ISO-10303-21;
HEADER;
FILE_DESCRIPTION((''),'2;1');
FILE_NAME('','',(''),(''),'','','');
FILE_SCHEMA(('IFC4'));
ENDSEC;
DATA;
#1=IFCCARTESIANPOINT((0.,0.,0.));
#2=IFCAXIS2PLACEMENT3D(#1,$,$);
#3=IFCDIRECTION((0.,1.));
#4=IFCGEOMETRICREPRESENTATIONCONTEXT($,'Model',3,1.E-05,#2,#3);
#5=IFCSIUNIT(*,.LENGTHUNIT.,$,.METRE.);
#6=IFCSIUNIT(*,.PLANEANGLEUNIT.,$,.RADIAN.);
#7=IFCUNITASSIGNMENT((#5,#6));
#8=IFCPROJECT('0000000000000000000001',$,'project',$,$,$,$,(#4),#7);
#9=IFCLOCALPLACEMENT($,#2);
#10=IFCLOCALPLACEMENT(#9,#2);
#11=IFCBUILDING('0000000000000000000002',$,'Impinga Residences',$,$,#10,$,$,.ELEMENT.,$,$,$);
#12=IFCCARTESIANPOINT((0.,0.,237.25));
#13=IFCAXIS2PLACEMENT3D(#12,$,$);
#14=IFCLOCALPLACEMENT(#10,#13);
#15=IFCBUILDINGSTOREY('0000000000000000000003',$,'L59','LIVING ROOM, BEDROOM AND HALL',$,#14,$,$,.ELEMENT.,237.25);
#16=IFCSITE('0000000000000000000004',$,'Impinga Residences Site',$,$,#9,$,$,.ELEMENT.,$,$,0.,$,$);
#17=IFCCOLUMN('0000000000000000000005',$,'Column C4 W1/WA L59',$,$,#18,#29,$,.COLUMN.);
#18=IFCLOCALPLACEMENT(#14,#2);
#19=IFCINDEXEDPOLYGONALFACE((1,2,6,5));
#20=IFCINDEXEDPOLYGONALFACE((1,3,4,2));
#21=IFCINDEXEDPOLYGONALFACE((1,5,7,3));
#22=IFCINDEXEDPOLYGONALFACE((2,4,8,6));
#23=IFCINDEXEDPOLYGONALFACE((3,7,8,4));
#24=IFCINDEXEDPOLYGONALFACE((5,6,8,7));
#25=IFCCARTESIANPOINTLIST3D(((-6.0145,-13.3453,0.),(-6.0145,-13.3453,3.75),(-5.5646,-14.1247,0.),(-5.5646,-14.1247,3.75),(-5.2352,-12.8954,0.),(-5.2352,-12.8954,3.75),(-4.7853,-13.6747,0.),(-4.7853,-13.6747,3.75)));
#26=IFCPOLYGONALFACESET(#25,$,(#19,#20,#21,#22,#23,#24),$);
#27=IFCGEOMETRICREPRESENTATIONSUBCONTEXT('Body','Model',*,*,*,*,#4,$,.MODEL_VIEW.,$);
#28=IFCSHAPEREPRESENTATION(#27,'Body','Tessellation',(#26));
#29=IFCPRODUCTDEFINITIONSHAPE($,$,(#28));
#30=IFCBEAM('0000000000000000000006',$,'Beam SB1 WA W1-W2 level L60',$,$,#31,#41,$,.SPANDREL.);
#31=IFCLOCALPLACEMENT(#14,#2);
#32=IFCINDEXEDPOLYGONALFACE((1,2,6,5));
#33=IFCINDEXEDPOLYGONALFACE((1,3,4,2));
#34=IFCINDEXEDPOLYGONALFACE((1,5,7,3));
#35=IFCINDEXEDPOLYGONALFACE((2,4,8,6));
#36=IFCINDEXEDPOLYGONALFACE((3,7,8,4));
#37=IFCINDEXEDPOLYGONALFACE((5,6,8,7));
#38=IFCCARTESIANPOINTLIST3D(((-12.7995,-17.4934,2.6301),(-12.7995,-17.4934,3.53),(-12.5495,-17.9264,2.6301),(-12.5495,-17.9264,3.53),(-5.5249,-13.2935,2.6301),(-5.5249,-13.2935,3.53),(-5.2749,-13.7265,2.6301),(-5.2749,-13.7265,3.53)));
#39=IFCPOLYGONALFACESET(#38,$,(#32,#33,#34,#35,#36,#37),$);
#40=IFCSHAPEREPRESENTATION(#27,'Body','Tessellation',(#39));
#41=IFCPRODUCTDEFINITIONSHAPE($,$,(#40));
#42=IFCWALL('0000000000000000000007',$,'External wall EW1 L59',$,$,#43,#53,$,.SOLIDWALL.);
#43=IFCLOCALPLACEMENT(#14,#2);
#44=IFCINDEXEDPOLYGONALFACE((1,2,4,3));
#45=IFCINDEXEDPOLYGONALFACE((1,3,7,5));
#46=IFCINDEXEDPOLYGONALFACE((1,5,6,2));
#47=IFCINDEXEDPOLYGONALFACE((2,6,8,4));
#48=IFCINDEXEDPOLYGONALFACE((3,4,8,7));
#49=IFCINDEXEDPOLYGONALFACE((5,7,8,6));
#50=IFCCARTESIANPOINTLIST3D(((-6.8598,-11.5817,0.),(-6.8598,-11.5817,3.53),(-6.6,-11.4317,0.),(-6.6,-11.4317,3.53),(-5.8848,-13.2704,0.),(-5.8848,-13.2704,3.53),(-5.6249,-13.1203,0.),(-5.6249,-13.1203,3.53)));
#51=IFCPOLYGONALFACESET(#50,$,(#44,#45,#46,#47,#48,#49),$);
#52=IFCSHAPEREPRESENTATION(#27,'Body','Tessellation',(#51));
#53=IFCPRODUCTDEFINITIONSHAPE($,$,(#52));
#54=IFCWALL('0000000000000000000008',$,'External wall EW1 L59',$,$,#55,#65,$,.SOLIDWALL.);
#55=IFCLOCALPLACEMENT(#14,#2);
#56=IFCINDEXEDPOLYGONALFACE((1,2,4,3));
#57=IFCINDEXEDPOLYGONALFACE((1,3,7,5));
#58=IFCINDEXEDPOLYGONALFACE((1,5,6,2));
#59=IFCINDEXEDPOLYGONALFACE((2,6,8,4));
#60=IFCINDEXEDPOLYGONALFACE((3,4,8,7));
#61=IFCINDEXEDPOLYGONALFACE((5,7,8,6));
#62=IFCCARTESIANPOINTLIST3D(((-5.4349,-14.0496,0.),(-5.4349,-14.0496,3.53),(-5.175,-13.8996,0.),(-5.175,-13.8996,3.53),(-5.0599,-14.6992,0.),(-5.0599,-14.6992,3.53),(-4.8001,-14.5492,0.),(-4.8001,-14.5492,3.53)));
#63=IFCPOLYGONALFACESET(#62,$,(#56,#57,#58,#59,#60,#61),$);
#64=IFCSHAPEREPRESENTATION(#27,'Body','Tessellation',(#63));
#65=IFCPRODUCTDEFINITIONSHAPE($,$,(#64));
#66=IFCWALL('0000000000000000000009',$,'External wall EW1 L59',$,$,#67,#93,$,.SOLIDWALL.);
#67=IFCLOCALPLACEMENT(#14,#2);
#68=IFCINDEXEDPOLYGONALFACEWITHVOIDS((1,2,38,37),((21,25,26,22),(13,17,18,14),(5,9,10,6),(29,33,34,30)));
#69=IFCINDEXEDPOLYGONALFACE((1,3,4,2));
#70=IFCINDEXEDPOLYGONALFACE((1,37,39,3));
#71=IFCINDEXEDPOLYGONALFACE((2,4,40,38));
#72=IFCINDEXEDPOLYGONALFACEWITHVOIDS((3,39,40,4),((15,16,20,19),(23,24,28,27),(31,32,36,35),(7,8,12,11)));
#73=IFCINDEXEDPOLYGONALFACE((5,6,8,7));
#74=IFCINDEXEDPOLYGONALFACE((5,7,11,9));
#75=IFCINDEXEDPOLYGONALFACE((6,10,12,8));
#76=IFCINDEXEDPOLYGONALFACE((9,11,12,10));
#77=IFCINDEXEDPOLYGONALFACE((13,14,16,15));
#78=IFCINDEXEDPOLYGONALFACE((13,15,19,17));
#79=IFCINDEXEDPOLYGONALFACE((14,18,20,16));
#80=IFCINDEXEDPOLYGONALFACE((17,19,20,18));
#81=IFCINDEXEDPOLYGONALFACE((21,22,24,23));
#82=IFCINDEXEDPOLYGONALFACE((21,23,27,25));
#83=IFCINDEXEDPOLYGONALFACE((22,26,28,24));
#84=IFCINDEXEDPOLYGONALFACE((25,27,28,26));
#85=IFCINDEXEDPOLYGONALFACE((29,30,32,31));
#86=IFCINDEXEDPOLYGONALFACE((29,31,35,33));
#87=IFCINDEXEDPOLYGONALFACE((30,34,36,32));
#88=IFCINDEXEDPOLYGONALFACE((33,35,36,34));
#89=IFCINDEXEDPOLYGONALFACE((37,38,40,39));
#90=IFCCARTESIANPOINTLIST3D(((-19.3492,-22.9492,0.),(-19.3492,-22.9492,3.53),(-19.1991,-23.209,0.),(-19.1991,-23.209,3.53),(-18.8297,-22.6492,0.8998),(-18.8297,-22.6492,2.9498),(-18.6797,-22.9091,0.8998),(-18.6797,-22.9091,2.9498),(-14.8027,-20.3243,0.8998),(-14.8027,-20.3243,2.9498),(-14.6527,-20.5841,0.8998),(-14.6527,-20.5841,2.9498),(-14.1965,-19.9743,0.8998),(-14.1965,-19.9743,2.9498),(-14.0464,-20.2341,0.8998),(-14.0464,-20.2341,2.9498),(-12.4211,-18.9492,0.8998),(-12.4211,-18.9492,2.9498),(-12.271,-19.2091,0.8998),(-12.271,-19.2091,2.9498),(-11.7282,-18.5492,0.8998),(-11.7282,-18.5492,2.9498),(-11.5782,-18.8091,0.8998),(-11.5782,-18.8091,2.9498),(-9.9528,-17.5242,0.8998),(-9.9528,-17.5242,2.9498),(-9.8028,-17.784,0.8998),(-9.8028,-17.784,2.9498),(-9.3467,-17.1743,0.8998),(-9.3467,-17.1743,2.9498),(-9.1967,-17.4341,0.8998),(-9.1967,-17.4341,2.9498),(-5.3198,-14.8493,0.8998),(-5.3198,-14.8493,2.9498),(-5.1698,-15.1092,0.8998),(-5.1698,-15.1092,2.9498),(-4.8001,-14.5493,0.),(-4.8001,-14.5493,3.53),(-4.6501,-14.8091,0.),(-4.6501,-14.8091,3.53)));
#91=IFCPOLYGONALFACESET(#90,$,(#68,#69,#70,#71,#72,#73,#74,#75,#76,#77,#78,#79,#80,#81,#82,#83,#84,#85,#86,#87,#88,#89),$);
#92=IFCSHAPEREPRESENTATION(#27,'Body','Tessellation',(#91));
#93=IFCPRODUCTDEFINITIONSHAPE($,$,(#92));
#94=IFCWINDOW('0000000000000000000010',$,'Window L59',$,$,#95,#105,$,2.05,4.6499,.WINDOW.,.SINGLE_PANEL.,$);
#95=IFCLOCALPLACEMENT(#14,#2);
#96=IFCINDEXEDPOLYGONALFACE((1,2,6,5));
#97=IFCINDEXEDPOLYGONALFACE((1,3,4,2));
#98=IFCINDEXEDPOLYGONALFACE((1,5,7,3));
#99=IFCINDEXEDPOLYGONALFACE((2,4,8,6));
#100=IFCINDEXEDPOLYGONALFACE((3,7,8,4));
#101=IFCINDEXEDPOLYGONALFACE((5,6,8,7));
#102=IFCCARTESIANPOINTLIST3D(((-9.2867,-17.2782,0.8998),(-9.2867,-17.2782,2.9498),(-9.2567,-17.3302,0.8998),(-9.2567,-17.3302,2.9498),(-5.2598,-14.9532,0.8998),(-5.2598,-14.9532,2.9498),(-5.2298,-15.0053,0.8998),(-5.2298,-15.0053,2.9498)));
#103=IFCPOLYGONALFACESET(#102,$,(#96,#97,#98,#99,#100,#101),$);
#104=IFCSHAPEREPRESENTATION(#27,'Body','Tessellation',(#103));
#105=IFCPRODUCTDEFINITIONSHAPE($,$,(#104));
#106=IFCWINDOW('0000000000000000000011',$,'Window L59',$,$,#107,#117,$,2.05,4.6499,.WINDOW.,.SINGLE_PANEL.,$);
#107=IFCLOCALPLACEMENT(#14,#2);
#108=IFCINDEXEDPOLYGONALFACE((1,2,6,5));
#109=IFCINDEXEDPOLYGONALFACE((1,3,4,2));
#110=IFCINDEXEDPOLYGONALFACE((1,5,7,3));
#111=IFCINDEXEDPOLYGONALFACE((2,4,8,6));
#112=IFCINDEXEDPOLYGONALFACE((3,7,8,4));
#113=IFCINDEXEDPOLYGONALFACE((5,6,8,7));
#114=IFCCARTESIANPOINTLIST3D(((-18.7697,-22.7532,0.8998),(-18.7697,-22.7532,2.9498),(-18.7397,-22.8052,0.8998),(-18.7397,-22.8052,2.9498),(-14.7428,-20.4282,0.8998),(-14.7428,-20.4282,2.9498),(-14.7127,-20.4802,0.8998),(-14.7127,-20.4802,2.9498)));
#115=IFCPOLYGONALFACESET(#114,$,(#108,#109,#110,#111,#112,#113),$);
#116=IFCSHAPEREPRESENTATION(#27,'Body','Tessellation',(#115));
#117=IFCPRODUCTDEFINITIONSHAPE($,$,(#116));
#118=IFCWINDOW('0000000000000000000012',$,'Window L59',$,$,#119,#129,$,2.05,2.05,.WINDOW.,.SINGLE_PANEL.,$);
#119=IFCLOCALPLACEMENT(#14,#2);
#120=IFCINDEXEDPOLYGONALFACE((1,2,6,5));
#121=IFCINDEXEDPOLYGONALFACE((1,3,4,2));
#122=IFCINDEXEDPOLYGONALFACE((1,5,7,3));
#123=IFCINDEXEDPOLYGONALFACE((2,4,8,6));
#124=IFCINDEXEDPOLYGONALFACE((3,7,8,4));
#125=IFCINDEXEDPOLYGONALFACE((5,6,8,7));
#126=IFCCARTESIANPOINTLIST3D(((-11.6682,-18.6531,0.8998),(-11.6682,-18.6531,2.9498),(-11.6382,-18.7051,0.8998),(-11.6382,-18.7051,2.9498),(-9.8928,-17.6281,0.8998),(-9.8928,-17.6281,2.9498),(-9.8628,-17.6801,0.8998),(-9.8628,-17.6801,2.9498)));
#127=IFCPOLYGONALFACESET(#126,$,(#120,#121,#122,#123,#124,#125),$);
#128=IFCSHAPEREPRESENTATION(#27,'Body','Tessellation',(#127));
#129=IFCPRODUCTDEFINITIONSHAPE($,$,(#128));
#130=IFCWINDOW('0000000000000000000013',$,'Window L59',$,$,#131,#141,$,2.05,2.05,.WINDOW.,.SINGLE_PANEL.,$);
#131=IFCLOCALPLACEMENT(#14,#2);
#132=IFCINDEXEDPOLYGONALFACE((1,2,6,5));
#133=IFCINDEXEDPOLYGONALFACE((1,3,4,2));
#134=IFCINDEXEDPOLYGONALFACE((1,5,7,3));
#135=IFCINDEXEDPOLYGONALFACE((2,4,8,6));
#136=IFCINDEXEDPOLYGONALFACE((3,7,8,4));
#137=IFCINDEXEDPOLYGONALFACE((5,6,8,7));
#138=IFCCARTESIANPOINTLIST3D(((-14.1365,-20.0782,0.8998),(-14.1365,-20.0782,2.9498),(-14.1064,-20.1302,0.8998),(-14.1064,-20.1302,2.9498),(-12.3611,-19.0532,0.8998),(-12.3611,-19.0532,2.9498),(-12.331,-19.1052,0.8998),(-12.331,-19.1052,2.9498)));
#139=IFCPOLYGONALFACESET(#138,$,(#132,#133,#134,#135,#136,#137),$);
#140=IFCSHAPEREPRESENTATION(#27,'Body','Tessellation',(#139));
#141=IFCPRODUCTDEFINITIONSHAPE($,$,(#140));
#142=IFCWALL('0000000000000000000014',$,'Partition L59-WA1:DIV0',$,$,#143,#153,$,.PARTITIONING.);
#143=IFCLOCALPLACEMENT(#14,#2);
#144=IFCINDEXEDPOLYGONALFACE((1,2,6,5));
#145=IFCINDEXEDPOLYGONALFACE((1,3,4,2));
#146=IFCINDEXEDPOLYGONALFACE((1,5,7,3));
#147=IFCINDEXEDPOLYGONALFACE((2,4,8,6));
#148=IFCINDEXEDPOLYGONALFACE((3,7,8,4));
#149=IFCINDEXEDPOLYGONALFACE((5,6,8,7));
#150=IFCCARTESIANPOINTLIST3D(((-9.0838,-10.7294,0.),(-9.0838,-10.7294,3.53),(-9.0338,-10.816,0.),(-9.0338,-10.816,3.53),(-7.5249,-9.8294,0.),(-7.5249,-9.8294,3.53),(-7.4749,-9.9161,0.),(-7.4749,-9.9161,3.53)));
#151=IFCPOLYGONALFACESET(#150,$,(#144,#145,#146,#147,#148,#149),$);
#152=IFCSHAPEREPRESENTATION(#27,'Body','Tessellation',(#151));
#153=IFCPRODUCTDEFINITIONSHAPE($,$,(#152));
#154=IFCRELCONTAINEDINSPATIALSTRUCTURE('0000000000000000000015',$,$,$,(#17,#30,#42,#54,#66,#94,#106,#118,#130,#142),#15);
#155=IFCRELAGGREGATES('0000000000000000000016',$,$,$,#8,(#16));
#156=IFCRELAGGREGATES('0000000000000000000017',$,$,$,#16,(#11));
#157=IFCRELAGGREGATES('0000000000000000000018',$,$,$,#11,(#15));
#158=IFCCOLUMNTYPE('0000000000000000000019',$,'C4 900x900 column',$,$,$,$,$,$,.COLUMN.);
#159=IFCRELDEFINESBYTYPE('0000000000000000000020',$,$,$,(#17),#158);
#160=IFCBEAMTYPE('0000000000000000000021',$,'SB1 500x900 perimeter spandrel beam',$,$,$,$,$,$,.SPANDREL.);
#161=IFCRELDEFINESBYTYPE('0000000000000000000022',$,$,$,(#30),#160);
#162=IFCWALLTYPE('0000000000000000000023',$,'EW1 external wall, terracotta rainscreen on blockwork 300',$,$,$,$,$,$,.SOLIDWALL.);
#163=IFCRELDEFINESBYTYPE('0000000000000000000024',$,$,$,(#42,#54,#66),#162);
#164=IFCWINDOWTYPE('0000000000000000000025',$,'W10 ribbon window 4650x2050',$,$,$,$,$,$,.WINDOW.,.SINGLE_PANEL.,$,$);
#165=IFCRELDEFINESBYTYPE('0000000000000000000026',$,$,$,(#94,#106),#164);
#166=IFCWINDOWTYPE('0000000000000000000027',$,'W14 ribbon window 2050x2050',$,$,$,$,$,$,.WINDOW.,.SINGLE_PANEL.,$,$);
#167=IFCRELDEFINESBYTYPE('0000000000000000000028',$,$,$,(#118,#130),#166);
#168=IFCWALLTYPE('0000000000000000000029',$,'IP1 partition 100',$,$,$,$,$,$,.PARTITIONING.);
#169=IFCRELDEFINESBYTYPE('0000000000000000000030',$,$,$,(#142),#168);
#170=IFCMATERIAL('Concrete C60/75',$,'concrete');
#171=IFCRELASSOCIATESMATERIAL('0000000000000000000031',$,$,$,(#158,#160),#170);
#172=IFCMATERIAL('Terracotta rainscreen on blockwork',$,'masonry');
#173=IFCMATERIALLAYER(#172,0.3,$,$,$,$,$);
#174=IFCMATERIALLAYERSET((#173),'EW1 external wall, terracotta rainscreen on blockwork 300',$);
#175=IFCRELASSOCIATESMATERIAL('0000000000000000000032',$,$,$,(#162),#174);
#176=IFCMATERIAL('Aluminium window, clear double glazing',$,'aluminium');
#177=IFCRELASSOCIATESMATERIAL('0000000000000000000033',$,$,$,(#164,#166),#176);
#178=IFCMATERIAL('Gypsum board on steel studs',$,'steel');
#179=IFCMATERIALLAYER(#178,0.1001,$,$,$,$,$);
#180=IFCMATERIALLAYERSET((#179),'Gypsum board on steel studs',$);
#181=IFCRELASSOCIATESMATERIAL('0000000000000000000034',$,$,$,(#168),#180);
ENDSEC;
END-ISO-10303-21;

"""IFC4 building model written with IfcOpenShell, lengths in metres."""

from ifc_helpers import new_model, si_unit, direction, frame, frame_2d, origin, origin_2d, place, context, subcontext, project, spatial, rectangle, extrude, material, layer, layer_set, material_profile, profile_set, type_object, element, fill, save


model = new_model("IFC4")

# Units and contexts
model_context = context("Model", 3, precision=1e-05, world=origin(), true_north=direction((0.0, 1.0)))
body_context = subcontext(model_context, "Body", "Model", "MODEL_VIEW")
ifc_project = project(units=[si_unit("LENGTHUNIT", "METRE"), si_unit("PLANEANGLEUNIT", "RADIAN")], contexts=[model_context])

# Site, building, storey
site_placement = place(None, origin())
site = spatial("IfcSite", under=ifc_project, at=site_placement, Name="Impinga Residences Site", CompositionType="ELEMENT", RefElevation=0.0)
building_placement = place(site_placement, origin())
building = spatial("IfcBuilding", under=site, at=building_placement, Name="Impinga Residences", CompositionType="ELEMENT")
storey_placement = place(building_placement, frame((0.0, 0.0, 237.25)))
storey = spatial("IfcBuildingStorey", under=building, at=storey_placement, Name="L59", Description="LIVING ROOM, BEDROOM AND HALL", CompositionType="ELEMENT", Elevation=237.25)

# Column
ifc_material_1 = material(Name="Concrete C60/75", Category="concrete")
ifc_material_profile_1 = material_profile(ifc_material_1, rectangle(XDim=0.8999, YDim=0.8999, at=origin_2d()), Name="RC 900x900")
ifc_profile_set_1 = profile_set([ifc_material_profile_1], Name="Concrete C60/75")
column_type = type_object("IfcColumnType", Name="C4 900x900 column", PredefinedType="COLUMN", material=ifc_profile_set_1)
column_placement = place(storey_placement, frame((-5.3999, -13.51, 0.0), z_axis=(0.0, 0.0, 1.0), x_axis=(-0.5, 0.866025, 0.0)))
element("IfcColumn", 1, at=column_placement, inside=storey, type_object=column_type, Name="Column C4 W1/WA L59", PredefinedType="COLUMN", context=body_context, shape_type="SweptSolid", body=[
    extrude(rectangle(XDim=0.8999, YDim=0.8999, at=origin_2d()), origin(), (0.0, 0.0, 1.0), 3.75),
])

# Beam
ifc_material_profile_2 = material_profile(ifc_material_1, rectangle(XDim=0.5, YDim=0.8999, at=origin_2d()), Name="RC 500x900")
ifc_profile_set_2 = profile_set([ifc_material_profile_2], Name="Concrete C60/75")
beam_type = type_object("IfcBeamType", Name="SB1 500x900 perimeter spandrel beam", PredefinedType="SPANDREL", material=ifc_profile_set_2)
beam_placement = place(storey_placement, frame((-5.3999, -13.51, 3.0801), z_axis=(-0.866029, -0.499993, 0.0), x_axis=(0.499993, -0.866029, 0.0)))
element("IfcBeam", 2, at=beam_placement, inside=storey, type_object=beam_type, Name="Beam SB1 WA W1-W2 level L60", PredefinedType="SPANDREL", context=body_context, shape_type="SweptSolid", body=[
    extrude(rectangle(XDim=0.5, YDim=0.8999, at=origin_2d()), origin(), (0.0, 0.0, 1.0), 8.3999),
])

# Walls
ifc_material_2 = material(Name="Terracotta rainscreen on blockwork", Category="masonry")
ifc_layer_1 = layer(ifc_material_2, 0.3)
ifc_layer_set_1 = layer_set([ifc_layer_1], Name="EW1 external wall, terracotta rainscreen on blockwork 300")
wall_type_1 = type_object("IfcWallType", Name="EW1 external wall, terracotta rainscreen on blockwork 300", PredefinedType="SOLIDWALL", material=ifc_layer_set_1)
wall_1_placement = place(storey_placement, frame((-6.73, -11.5066, 0.0), z_axis=(0.0, 0.0, 1.0), x_axis=(0.500044, -0.866, 0.0)))
element("IfcWall", 3, at=wall_1_placement, inside=storey, type_object=wall_type_1, Name="External wall EW1 L59", PredefinedType="SOLIDWALL", context=body_context, shape_type="SweptSolid", body=[
    extrude(rectangle(XDim=1.95, YDim=0.3, at=frame_2d((0.9751, 0.0))), origin(), (0.0, 0.0, 1.0), 3.53),
])
wall_2_placement = place(storey_placement, frame((-5.3049, -13.9746, 0.0), z_axis=(0.0, 0.0, 1.0), x_axis=(0.49992, -0.866072, 0.0)))
element("IfcWall", 4, at=wall_2_placement, inside=storey, type_object=wall_type_1, Name="External wall EW1 L59", PredefinedType="SOLIDWALL", context=body_context, shape_type="SweptSolid", body=[
    extrude(rectangle(XDim=0.75, YDim=0.3, at=frame_2d((0.375, 0.0))), origin(), (0.0, 0.0, 1.0), 3.53),
])

# Wall, openings, windows
wall_3_placement = place(storey_placement, frame((-4.7251, -14.6792, 0.0), z_axis=(0.0, 0.0, 1.0), x_axis=(-0.866026, -0.5, 0.0)))
wall_3 = element("IfcWall", 5, at=wall_3_placement, inside=storey, type_object=wall_type_1, Name="External wall EW1 L59", PredefinedType="SOLIDWALL", context=body_context, shape_type="SweptSolid", body=[
    extrude(rectangle(XDim=16.7998, YDim=0.3, at=frame_2d((8.3999, 0.0))), origin(), (0.0, 0.0, 1.0), 3.53),
])
opening_1_placement = place(wall_3_placement, frame((0.6001, 0.0, 0.8999)))
opening_1 = element("IfcOpeningElement", 6, at=opening_1_placement, cuts=wall_3, PredefinedType="OPENING", context=body_context, shape_type="SweptSolid", body=[
    extrude(rectangle(XDim=4.6499, YDim=2.05, at=frame_2d((2.325, 1.0249))), frame((0.0, 0.1599, 0.0), z_axis=(0.0, -1.0, 0.0), x_axis=(1.0, 0.0, 0.0)), (0.0, 0.0, 1.0), 0.3201),
])
opening_2_placement = place(wall_3_placement, frame((5.95, 0.0, 0.8999)))
opening_2 = element("IfcOpeningElement", 7, at=opening_2_placement, cuts=wall_3, PredefinedType="OPENING", context=body_context, shape_type="SweptSolid", body=[
    extrude(rectangle(XDim=2.05, YDim=2.05, at=frame_2d((1.0249, 1.0249))), frame((0.0, 0.1599, 0.0), z_axis=(0.0, -1.0, 0.0), x_axis=(1.0, 0.0, 0.0)), (0.0, 0.0, 1.0), 0.3201),
])
opening_3_placement = place(wall_3_placement, frame((8.8, 0.0, 0.8999)))
opening_3 = element("IfcOpeningElement", 8, at=opening_3_placement, cuts=wall_3, PredefinedType="OPENING", context=body_context, shape_type="SweptSolid", body=[
    extrude(rectangle(XDim=2.05, YDim=2.05, at=frame_2d((1.0249, 1.0249))), frame((0.0, 0.1599, 0.0), z_axis=(0.0, -1.0, 0.0), x_axis=(1.0, 0.0, 0.0)), (0.0, 0.0, 1.0), 0.3201),
])
opening_4_placement = place(wall_3_placement, frame((11.55, 0.0, 0.8999)))
opening_4 = element("IfcOpeningElement", 9, at=opening_4_placement, cuts=wall_3, PredefinedType="OPENING", context=body_context, shape_type="SweptSolid", body=[
    extrude(rectangle(XDim=4.6499, YDim=2.05, at=frame_2d((2.325, 1.0249))), frame((0.0, 0.1599, 0.0), z_axis=(0.0, -1.0, 0.0), x_axis=(1.0, 0.0, 0.0)), (0.0, 0.0, 1.0), 0.3201),
])
ifc_material_3 = material(Name="Aluminium window, clear double glazing", Category="aluminium")
window_type_1 = type_object("IfcWindowType", Name="W10 ribbon window 4650x2050", PartitioningType="SINGLE_PANEL", PredefinedType="WINDOW", material=ifc_material_3)
window_1_placement = place(opening_1_placement, origin())
window_1 = element("IfcWindow", 10, at=window_1_placement, inside=storey, type_object=window_type_1, Name="Window L59", OverallHeight=2.05, OverallWidth=4.6499, PartitioningType="SINGLE_PANEL", PredefinedType="WINDOW", context=body_context, shape_type="SweptSolid", body=[
    extrude(rectangle(XDim=4.6499, YDim=2.05, at=frame_2d((2.325, 1.0249))), frame((0.0, 0.03, 0.0), z_axis=(0.0, -1.0, 0.0), x_axis=(1.0, 0.0, 0.0)), (0.0, 0.0, 1.0), 0.0601),
])
fill(opening_1, window_1)
window_2_placement = place(opening_4_placement, origin())
window_2 = element("IfcWindow", 11, at=window_2_placement, inside=storey, type_object=window_type_1, Name="Window L59", OverallHeight=2.05, OverallWidth=4.6499, PartitioningType="SINGLE_PANEL", PredefinedType="WINDOW", context=body_context, shape_type="SweptSolid", body=[
    extrude(rectangle(XDim=4.6499, YDim=2.05, at=frame_2d((2.325, 1.0249))), frame((0.0, 0.03, 0.0), z_axis=(0.0, -1.0, 0.0), x_axis=(1.0, 0.0, 0.0)), (0.0, 0.0, 1.0), 0.0601),
])
fill(opening_4, window_2)
window_type_2 = type_object("IfcWindowType", Name="W14 ribbon window 2050x2050", PartitioningType="SINGLE_PANEL", PredefinedType="WINDOW", material=ifc_material_3)
window_3_placement = place(opening_2_placement, origin())
window_3 = element("IfcWindow", 12, at=window_3_placement, inside=storey, type_object=window_type_2, Name="Window L59", OverallHeight=2.05, OverallWidth=2.05, PartitioningType="SINGLE_PANEL", PredefinedType="WINDOW", context=body_context, shape_type="SweptSolid", body=[
    extrude(rectangle(XDim=2.05, YDim=2.05, at=frame_2d((1.0249, 1.0249))), frame((0.0, 0.03, 0.0), z_axis=(0.0, -1.0, 0.0), x_axis=(1.0, 0.0, 0.0)), (0.0, 0.0, 1.0), 0.0601),
])
fill(opening_2, window_3)
window_4_placement = place(opening_3_placement, origin())
window_4 = element("IfcWindow", 13, at=window_4_placement, inside=storey, type_object=window_type_2, Name="Window L59", OverallHeight=2.05, OverallWidth=2.05, PartitioningType="SINGLE_PANEL", PredefinedType="WINDOW", context=body_context, shape_type="SweptSolid", body=[
    extrude(rectangle(XDim=2.05, YDim=2.05, at=frame_2d((1.0249, 1.0249))), frame((0.0, 0.03, 0.0), z_axis=(0.0, -1.0, 0.0), x_axis=(1.0, 0.0, 0.0)), (0.0, 0.0, 1.0), 0.0601),
])
fill(opening_3, window_4)

# Wall
ifc_material_4 = material(Name="Gypsum board on steel studs", Category="steel")
ifc_layer_2 = layer(ifc_material_4, 0.1001)
ifc_layer_set_2 = layer_set([ifc_layer_2], Name="Gypsum board on steel studs")
wall_type_2 = type_object("IfcWallType", Name="IP1 partition 100", PredefinedType="PARTITIONING", material=ifc_layer_set_2)
wall_4_placement = place(storey_placement, frame((-7.5, -9.8728, 0.0), z_axis=(0.0, 0.0, 1.0), x_axis=(-0.866048, -0.499961, 0.0)))
element("IfcWall", 14, at=wall_4_placement, inside=storey, type_object=wall_type_2, Name="Partition L59-WA1:DIV0", PredefinedType="PARTITIONING", context=body_context, shape_type="SweptSolid", body=[
    extrude(rectangle(XDim=1.8, YDim=0.1001, at=frame_2d((0.8999, 0.0))), origin(), (0.0, 0.0, 1.0), 3.53),
])

save(model, "model.ifc")
